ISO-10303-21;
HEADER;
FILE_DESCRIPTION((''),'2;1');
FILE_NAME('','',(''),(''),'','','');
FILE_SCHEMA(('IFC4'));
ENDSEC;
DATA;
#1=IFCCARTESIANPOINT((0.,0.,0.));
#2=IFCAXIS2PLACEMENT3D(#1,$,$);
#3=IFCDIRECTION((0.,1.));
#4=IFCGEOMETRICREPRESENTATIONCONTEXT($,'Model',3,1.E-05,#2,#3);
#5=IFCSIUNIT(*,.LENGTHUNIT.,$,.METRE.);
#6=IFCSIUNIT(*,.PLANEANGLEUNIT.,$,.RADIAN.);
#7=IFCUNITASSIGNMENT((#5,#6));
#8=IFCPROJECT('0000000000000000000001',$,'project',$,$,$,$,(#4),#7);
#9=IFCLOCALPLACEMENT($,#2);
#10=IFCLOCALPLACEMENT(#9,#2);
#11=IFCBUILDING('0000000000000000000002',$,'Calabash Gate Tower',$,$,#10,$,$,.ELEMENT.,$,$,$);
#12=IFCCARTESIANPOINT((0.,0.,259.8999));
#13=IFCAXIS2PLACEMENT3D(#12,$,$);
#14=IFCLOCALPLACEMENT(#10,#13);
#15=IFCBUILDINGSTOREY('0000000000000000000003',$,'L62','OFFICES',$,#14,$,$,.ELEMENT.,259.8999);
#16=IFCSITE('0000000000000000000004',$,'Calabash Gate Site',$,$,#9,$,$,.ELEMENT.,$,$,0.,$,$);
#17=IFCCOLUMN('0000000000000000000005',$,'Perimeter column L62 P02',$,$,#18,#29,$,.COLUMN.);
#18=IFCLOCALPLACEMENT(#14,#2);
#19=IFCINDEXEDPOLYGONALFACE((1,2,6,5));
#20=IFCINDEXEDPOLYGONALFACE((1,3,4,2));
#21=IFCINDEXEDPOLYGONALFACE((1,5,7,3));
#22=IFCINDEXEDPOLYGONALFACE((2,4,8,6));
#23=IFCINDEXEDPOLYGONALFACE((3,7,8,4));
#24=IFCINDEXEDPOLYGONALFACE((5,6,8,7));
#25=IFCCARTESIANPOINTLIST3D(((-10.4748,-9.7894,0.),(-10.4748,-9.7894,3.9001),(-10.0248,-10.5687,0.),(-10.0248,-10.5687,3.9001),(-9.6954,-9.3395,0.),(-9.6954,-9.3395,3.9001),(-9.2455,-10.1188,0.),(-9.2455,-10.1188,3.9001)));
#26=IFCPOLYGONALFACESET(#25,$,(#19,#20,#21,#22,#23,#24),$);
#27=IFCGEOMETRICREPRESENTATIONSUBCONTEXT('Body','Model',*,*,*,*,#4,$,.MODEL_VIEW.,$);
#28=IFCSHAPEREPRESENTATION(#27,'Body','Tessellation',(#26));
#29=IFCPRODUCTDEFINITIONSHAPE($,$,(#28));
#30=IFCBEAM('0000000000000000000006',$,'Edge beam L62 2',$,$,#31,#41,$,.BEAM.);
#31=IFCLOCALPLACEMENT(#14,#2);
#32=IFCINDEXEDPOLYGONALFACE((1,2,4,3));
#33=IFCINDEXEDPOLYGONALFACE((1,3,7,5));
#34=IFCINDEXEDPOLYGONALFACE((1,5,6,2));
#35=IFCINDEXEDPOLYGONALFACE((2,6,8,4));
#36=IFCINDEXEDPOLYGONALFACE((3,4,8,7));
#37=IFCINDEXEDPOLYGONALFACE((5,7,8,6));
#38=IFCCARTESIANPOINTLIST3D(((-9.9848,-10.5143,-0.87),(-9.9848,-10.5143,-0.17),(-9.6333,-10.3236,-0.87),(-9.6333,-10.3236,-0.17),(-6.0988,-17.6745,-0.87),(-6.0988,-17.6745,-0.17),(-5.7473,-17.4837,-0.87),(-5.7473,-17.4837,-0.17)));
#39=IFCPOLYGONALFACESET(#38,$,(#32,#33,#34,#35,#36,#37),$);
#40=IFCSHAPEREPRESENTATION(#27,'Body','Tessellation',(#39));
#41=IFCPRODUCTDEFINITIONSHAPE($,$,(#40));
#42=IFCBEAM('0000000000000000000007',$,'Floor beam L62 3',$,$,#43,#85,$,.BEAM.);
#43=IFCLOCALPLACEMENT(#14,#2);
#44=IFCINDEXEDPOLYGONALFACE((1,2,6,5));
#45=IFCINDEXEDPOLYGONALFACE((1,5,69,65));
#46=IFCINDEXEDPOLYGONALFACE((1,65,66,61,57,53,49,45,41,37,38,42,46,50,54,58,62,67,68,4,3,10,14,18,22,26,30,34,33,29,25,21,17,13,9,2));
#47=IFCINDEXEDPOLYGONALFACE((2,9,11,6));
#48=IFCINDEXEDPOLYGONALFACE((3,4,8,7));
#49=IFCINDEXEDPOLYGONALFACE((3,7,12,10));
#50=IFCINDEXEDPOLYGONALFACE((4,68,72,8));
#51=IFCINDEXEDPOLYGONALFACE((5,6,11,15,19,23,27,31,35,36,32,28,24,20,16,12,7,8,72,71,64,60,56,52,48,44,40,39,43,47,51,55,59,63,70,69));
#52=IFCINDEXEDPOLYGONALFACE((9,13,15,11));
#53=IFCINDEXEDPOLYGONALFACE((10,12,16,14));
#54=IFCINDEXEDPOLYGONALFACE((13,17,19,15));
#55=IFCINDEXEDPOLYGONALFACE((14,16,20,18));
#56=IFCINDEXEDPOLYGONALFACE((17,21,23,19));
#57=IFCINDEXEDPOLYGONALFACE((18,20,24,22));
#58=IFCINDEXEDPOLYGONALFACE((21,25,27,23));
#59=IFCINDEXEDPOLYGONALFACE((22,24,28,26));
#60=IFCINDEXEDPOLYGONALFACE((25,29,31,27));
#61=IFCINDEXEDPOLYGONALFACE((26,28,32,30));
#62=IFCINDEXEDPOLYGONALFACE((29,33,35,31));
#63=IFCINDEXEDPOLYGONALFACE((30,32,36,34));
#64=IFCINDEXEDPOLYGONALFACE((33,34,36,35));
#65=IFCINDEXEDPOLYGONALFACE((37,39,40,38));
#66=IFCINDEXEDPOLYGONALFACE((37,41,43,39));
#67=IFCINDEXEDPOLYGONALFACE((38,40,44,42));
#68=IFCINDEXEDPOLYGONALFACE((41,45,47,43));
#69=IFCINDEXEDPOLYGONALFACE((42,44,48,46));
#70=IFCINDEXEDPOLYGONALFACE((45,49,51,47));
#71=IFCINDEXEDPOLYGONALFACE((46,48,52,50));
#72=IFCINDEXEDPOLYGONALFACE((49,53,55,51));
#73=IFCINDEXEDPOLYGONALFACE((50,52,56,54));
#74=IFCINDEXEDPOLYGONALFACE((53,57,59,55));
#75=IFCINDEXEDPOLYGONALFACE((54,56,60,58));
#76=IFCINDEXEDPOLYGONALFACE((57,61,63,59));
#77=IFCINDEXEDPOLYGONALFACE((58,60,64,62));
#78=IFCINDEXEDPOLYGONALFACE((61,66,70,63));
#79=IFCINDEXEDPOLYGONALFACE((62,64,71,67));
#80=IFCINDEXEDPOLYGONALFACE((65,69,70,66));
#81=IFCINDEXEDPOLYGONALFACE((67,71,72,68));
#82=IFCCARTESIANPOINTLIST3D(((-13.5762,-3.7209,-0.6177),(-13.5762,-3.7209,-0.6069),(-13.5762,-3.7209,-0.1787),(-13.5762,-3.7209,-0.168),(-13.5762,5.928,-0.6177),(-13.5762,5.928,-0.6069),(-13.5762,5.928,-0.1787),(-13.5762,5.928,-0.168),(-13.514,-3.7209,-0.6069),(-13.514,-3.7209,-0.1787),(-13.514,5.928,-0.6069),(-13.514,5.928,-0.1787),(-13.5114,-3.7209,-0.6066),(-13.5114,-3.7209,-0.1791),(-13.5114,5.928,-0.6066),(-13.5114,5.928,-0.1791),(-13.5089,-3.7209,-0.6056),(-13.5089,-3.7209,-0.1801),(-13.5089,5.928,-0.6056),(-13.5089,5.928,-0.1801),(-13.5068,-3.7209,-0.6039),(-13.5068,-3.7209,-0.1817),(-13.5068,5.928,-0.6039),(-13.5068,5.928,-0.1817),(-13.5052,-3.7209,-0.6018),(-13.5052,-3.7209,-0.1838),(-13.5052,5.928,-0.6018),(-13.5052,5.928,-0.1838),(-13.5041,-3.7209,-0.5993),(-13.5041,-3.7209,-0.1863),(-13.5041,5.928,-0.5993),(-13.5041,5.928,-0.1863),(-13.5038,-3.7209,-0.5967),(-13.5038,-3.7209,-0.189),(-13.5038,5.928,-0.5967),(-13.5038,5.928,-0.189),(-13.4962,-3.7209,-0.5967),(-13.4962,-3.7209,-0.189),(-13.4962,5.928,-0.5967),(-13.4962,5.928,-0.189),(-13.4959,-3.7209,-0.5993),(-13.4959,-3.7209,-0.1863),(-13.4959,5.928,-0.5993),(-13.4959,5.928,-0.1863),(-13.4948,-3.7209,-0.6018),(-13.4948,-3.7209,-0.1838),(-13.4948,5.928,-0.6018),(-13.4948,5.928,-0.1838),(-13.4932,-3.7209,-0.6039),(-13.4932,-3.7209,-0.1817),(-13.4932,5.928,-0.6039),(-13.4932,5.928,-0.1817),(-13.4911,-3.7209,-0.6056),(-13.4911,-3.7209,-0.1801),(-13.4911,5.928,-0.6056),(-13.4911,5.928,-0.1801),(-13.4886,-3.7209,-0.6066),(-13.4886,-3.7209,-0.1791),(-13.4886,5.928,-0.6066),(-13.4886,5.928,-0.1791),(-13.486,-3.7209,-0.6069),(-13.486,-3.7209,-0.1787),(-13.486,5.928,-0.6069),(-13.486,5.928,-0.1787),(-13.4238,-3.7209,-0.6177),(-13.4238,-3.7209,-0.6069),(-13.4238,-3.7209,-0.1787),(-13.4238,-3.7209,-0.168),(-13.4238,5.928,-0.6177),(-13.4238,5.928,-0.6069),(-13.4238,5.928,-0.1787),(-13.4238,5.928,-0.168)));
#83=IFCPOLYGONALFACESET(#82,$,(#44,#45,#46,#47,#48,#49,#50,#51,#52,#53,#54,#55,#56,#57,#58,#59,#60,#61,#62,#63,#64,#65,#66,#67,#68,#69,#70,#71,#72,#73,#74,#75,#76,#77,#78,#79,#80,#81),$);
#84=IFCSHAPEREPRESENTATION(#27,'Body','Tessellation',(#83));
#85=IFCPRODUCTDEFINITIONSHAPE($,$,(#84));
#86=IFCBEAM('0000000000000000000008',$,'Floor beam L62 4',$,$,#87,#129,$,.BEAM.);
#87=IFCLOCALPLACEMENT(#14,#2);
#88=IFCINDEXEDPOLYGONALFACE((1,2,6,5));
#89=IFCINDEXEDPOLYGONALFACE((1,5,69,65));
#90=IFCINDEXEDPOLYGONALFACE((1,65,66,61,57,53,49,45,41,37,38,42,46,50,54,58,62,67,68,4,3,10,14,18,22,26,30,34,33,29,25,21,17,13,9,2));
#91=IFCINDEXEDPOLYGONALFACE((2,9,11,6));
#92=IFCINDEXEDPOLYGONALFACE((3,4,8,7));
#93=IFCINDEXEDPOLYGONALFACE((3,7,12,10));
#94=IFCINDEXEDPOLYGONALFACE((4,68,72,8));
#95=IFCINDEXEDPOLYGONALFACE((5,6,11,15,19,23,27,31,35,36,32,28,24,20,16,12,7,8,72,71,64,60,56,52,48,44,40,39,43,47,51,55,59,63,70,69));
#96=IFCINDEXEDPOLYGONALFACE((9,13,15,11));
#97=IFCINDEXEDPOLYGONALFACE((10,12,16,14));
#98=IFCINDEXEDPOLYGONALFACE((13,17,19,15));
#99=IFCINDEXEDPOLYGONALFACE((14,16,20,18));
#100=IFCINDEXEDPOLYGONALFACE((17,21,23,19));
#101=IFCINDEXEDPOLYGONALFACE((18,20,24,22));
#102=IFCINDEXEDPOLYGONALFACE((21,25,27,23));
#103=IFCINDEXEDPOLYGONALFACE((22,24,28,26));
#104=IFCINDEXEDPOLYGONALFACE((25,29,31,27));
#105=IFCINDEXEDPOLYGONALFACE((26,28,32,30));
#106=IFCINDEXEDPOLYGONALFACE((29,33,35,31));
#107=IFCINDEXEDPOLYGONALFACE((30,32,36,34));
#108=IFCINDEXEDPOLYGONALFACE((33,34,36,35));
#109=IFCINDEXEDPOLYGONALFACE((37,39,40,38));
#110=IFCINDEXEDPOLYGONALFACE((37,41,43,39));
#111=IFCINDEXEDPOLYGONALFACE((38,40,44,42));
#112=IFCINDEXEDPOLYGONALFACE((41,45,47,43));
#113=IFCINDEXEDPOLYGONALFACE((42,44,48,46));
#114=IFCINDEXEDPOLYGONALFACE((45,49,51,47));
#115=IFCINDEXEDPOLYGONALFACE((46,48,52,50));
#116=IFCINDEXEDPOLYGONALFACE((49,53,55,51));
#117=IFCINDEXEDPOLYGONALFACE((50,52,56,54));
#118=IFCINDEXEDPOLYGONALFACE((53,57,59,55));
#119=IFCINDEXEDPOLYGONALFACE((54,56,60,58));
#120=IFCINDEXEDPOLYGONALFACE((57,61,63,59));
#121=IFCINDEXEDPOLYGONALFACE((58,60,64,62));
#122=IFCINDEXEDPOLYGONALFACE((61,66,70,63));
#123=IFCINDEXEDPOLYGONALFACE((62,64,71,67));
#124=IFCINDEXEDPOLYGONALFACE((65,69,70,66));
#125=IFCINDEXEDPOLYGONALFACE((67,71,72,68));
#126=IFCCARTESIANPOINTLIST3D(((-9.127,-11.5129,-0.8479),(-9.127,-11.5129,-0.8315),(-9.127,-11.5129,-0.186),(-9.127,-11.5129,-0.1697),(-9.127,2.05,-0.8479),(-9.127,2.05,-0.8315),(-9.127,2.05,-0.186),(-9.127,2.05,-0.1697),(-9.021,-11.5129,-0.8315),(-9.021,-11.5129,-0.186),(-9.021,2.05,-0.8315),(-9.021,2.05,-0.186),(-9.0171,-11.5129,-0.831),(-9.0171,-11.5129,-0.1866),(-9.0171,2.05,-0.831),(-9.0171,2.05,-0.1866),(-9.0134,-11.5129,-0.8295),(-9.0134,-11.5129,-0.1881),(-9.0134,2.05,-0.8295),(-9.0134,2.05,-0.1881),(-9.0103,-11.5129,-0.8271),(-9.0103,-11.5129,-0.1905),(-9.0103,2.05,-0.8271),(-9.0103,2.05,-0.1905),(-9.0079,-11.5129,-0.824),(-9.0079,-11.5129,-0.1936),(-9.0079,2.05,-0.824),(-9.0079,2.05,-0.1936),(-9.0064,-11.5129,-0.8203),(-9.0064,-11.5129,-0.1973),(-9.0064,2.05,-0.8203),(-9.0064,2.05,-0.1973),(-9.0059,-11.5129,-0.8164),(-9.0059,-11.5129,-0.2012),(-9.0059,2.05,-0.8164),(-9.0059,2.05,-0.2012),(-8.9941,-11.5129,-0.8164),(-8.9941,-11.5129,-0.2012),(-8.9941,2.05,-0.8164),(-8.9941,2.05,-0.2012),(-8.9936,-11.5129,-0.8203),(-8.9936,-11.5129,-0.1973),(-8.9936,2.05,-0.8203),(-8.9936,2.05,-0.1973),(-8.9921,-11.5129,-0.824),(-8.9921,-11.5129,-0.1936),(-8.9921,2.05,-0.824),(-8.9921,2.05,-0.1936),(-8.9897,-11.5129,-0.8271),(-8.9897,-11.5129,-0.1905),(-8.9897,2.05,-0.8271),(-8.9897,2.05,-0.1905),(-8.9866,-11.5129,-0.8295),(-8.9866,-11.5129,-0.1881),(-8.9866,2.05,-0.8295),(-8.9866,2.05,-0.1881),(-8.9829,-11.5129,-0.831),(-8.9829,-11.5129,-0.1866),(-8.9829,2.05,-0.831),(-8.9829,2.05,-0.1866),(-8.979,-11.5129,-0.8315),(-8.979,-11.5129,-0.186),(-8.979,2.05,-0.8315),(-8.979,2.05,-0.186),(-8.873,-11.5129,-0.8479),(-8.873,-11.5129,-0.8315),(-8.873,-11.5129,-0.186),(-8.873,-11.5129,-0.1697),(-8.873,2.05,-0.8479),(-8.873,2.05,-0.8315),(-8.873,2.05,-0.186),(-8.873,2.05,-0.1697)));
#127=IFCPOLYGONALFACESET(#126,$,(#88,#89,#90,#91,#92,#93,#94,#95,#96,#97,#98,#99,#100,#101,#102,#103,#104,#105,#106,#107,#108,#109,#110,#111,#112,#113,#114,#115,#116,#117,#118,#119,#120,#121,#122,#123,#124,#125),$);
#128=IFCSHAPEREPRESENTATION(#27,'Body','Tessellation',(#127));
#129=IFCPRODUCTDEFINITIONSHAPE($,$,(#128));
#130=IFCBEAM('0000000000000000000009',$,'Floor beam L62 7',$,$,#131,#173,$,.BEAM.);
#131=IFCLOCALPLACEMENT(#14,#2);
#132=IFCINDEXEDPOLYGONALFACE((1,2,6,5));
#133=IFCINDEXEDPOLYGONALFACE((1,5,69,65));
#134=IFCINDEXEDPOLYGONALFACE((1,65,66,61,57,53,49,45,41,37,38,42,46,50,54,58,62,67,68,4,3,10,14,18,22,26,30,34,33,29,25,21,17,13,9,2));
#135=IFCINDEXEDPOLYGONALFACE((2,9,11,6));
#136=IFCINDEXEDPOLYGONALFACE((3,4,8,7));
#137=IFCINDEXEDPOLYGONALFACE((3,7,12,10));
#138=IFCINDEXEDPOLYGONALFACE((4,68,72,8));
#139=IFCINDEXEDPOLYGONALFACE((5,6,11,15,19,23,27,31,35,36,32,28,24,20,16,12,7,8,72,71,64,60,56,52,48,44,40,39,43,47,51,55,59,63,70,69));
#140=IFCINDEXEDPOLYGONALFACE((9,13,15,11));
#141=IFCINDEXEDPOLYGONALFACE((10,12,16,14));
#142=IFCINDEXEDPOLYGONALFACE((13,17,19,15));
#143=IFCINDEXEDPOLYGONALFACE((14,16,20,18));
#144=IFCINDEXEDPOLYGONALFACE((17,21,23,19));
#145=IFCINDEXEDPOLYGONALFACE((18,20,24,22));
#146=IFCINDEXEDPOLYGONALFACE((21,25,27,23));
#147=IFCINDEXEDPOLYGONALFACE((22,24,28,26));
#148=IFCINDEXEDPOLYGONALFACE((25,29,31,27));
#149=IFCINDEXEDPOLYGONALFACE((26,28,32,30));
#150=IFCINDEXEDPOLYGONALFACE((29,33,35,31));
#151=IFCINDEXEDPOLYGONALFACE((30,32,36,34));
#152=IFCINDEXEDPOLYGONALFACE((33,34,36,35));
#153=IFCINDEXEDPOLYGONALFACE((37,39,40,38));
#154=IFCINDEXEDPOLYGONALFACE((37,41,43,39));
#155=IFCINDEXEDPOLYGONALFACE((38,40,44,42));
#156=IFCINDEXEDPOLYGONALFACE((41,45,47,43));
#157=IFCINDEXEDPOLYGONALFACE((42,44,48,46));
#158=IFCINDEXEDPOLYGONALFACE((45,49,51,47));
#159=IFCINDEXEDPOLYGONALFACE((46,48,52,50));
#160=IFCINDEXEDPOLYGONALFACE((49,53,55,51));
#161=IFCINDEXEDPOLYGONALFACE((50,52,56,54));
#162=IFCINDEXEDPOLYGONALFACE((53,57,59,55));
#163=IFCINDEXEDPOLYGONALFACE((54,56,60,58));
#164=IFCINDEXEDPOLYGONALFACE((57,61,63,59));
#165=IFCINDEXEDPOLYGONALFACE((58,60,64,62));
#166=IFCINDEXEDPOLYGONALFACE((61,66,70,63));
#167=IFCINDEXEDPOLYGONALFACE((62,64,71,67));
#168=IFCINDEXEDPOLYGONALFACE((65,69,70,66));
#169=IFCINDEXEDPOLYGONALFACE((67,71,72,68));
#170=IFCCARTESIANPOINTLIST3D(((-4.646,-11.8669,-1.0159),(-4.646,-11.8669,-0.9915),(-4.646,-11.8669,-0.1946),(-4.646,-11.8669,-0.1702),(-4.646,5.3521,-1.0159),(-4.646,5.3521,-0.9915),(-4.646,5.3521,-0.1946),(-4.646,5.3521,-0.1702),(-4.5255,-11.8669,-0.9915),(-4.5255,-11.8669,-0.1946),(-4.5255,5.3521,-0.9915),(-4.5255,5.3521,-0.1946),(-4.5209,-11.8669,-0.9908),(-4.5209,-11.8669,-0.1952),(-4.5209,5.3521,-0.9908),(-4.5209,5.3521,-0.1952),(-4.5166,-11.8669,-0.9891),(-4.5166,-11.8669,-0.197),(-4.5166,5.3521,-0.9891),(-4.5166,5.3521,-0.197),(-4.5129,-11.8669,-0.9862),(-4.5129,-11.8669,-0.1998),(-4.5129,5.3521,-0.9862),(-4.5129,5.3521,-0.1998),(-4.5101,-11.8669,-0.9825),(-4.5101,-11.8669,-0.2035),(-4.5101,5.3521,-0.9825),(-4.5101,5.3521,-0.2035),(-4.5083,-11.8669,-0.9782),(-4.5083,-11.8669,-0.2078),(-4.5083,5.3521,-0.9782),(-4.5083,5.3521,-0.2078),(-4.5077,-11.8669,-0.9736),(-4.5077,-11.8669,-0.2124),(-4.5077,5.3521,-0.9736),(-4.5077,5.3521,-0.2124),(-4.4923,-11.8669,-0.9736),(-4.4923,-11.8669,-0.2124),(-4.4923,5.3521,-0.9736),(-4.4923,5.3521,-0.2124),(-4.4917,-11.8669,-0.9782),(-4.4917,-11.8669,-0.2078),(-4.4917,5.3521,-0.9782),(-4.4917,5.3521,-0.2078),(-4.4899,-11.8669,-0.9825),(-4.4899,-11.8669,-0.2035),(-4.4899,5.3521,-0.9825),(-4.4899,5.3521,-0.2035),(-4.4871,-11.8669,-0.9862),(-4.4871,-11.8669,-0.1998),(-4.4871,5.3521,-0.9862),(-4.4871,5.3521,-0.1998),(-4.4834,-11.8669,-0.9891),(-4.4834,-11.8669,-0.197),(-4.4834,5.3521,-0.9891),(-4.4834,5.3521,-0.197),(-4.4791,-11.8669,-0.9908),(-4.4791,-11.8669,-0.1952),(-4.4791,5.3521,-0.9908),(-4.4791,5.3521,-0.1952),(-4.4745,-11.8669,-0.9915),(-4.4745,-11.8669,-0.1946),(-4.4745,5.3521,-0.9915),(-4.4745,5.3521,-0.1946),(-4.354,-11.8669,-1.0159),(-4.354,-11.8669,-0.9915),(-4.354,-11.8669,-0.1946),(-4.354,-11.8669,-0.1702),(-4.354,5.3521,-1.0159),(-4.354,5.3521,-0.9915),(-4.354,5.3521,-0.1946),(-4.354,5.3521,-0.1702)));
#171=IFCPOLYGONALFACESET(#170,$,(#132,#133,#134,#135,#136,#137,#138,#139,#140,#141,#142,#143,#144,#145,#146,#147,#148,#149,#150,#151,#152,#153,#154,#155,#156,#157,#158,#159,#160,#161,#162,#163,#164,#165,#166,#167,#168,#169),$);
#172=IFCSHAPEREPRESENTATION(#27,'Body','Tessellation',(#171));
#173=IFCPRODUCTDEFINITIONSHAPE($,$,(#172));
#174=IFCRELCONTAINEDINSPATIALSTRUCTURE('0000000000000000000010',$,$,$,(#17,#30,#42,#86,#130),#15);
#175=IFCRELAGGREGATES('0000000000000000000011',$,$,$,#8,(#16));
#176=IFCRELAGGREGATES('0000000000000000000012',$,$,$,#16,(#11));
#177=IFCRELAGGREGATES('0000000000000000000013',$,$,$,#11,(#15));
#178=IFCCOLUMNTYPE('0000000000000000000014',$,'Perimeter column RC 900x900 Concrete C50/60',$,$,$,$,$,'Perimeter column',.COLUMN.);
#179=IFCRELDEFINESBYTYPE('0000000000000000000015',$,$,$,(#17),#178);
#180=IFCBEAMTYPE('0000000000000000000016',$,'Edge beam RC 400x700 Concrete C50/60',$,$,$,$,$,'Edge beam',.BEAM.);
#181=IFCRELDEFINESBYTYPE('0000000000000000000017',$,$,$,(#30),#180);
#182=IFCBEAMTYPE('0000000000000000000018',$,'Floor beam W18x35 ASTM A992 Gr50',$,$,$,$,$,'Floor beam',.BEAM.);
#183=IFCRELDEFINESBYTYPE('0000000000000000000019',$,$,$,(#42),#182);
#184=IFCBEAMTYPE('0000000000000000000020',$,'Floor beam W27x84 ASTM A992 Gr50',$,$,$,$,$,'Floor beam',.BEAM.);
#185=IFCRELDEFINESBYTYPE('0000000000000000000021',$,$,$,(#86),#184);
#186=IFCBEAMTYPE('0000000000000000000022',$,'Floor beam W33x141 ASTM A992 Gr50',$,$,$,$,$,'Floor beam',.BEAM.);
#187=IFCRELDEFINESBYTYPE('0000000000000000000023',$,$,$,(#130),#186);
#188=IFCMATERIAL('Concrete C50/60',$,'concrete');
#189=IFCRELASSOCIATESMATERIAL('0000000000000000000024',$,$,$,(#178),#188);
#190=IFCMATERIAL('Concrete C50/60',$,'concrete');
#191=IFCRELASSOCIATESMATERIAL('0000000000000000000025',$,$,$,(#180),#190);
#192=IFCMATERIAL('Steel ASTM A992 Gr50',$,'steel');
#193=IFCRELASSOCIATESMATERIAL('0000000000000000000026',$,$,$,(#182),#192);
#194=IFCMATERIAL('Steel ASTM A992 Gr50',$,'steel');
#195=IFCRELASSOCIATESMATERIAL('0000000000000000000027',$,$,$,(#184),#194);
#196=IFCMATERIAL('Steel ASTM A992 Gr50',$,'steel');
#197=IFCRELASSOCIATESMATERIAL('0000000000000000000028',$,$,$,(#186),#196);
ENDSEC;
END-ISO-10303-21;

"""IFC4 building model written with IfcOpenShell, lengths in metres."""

from ifc_helpers import new_model, si_unit, direction, frame, origin, origin_2d, place, context, subcontext, project, spatial, rectangle, i_section, extrude, material, material_profile, profile_set, type_object, element, save


model = new_model("IFC4")

# Units and contexts
model_context = context("Model", 3, precision=1e-05, world=origin(), true_north=direction((0.0, 1.0)))
body_context = subcontext(model_context, "Body", "Model", "MODEL_VIEW")
ifc_project = project(units=[si_unit("LENGTHUNIT", "METRE"), si_unit("PLANEANGLEUNIT", "RADIAN")], contexts=[model_context])

# Site, building, storey
site_placement = place(None, origin())
site = spatial("IfcSite", under=ifc_project, at=site_placement, Name="Calabash Gate Site", CompositionType="ELEMENT", RefElevation=0.0)
building_placement = place(site_placement, origin())
building = spatial("IfcBuilding", under=site, at=building_placement, Name="Calabash Gate Tower", CompositionType="ELEMENT")
storey_placement = place(building_placement, frame((0.0, 0.0, 259.8999)))
storey = spatial("IfcBuildingStorey", under=building, at=storey_placement, Name="L62", Description="OFFICES", CompositionType="ELEMENT", Elevation=259.8999)

# Column
ifc_material_1 = material(Name="Concrete C50/60", Category="concrete")
ifc_material_profile_1 = material_profile(ifc_material_1, rectangle(XDim=0.8999, YDim=0.8999, at=origin_2d()))
ifc_profile_set_1 = profile_set([ifc_material_profile_1], Name="Concrete C50/60")
column_type = type_object("IfcColumnType", Name="Perimeter column RC 900x900 Concrete C50/60", ElementType="Perimeter column", PredefinedType="COLUMN", material=ifc_profile_set_1)
column_placement = place(storey_placement, frame((-9.8601, -9.9541, 0.0), z_axis=(0.0, 0.0, 1.0), x_axis=(0.5, -0.866025, 0.0)))
element("IfcColumn", 1, at=column_placement, inside=storey, type_object=column_type, Name="Perimeter column L62 P02", PredefinedType="COLUMN", context=body_context, shape_type="SweptSolid", body=[
    extrude(rectangle(XDim=0.8999, YDim=0.8999, at=origin_2d()), origin(), (0.0, 0.0, 1.0), 3.9001),
])

# Beams
ifc_material_2 = material(Name="Concrete C50/60", Category="concrete")
ifc_material_profile_2 = material_profile(ifc_material_2, rectangle(XDim=0.3999, YDim=0.7, at=origin_2d()))
ifc_profile_set_2 = profile_set([ifc_material_profile_2], Name="Concrete C50/60")
beam_type_1 = type_object("IfcBeamType", Name="Edge beam RC 400x700 Concrete C50/60", ElementType="Edge beam", PredefinedType="BEAM", material=ifc_profile_set_2)
beam_1_placement = place(storey_placement, frame((-9.8091, -10.4189, -0.52), z_axis=(0.477001, -0.878903, 0.0), x_axis=(0.878903, 0.477001, 0.0)))
element("IfcBeam", 2, at=beam_1_placement, inside=storey, type_object=beam_type_1, Name="Edge beam L62 2", PredefinedType="BEAM", context=body_context, shape_type="SweptSolid", body=[
    extrude(rectangle(XDim=0.3999, YDim=0.7, at=origin_2d()), origin(), (0.0, 0.0, 1.0), 8.1467),
])
ifc_material_3 = material(Name="Steel ASTM A992 Gr50", Category="steel")
ifc_material_profile_3 = material_profile(ifc_material_3, i_section(OverallWidth=0.1523, OverallDepth=0.4497, WebThickness=0.0076, FlangeThickness=0.0107, FilletRadius=0.0103, at=origin_2d()))
ifc_profile_set_3 = profile_set([ifc_material_profile_3], Name="Steel ASTM A992 Gr50")
beam_type_2 = type_object("IfcBeamType", Name="Floor beam W18x35 ASTM A992 Gr50", ElementType="Floor beam", PredefinedType="BEAM", material=ifc_profile_set_3)
beam_2_placement = place(storey_placement, frame((-13.5, -3.7209, -0.3928), z_axis=(0.0, 1.0, 0.0), x_axis=(-1.0, 0.0, 0.0)))
element("IfcBeam", 3, at=beam_2_placement, inside=storey, type_object=beam_type_2, Name="Floor beam L62 3", PredefinedType="BEAM", context=body_context, shape_type="SweptSolid", body=[
    extrude(i_section(OverallWidth=0.1523, OverallDepth=0.4497, WebThickness=0.0076, FlangeThickness=0.0107, FilletRadius=0.0103, at=origin_2d()), origin(), (0.0, 0.0, 1.0), 9.6489),
])
ifc_material_4 = material(Name="Steel ASTM A992 Gr50", Category="steel")
ifc_material_profile_4 = material_profile(ifc_material_4, i_section(OverallWidth=0.2539, OverallDepth=0.6782, WebThickness=0.0117, FlangeThickness=0.0164, FilletRadius=0.0151, at=origin_2d()))
ifc_profile_set_4 = profile_set([ifc_material_profile_4], Name="Steel ASTM A992 Gr50")
beam_type_3 = type_object("IfcBeamType", Name="Floor beam W27x84 ASTM A992 Gr50", ElementType="Floor beam", PredefinedType="BEAM", material=ifc_profile_set_4)
beam_3_placement = place(storey_placement, frame((-9.0, -11.5129, -0.5088), z_axis=(0.0, 1.0, 0.0), x_axis=(-1.0, 0.0, 0.0)))
element("IfcBeam", 4, at=beam_3_placement, inside=storey, type_object=beam_type_3, Name="Floor beam L62 4", PredefinedType="BEAM", context=body_context, shape_type="SweptSolid", body=[
    extrude(i_section(OverallWidth=0.2539, OverallDepth=0.6782, WebThickness=0.0117, FlangeThickness=0.0164, FilletRadius=0.0151, at=origin_2d()), origin(), (0.0, 0.0, 1.0), 13.563),
])
ifc_material_5 = material(Name="Steel ASTM A992 Gr50", Category="steel")
ifc_material_profile_5 = material_profile(ifc_material_5, i_section(OverallWidth=0.292, OverallDepth=0.8457, WebThickness=0.0154, FlangeThickness=0.0244, FilletRadius=0.0178, at=origin_2d()))
ifc_profile_set_5 = profile_set([ifc_material_profile_5], Name="Steel ASTM A992 Gr50")
beam_type_4 = type_object("IfcBeamType", Name="Floor beam W33x141 ASTM A992 Gr50", ElementType="Floor beam", PredefinedType="BEAM", material=ifc_profile_set_5)
beam_4_placement = place(storey_placement, frame((-4.5, -11.8669, -0.593), z_axis=(0.0, 1.0, 0.0), x_axis=(-1.0, 0.0, 0.0)))
element("IfcBeam", 5, at=beam_4_placement, inside=storey, type_object=beam_type_4, Name="Floor beam L62 7", PredefinedType="BEAM", context=body_context, shape_type="SweptSolid", body=[
    extrude(i_section(OverallWidth=0.292, OverallDepth=0.8457, WebThickness=0.0154, FlangeThickness=0.0244, FilletRadius=0.0178, at=origin_2d()), origin(), (0.0, 0.0, 1.0), 17.219),
])

save(model, "model.ifc")
